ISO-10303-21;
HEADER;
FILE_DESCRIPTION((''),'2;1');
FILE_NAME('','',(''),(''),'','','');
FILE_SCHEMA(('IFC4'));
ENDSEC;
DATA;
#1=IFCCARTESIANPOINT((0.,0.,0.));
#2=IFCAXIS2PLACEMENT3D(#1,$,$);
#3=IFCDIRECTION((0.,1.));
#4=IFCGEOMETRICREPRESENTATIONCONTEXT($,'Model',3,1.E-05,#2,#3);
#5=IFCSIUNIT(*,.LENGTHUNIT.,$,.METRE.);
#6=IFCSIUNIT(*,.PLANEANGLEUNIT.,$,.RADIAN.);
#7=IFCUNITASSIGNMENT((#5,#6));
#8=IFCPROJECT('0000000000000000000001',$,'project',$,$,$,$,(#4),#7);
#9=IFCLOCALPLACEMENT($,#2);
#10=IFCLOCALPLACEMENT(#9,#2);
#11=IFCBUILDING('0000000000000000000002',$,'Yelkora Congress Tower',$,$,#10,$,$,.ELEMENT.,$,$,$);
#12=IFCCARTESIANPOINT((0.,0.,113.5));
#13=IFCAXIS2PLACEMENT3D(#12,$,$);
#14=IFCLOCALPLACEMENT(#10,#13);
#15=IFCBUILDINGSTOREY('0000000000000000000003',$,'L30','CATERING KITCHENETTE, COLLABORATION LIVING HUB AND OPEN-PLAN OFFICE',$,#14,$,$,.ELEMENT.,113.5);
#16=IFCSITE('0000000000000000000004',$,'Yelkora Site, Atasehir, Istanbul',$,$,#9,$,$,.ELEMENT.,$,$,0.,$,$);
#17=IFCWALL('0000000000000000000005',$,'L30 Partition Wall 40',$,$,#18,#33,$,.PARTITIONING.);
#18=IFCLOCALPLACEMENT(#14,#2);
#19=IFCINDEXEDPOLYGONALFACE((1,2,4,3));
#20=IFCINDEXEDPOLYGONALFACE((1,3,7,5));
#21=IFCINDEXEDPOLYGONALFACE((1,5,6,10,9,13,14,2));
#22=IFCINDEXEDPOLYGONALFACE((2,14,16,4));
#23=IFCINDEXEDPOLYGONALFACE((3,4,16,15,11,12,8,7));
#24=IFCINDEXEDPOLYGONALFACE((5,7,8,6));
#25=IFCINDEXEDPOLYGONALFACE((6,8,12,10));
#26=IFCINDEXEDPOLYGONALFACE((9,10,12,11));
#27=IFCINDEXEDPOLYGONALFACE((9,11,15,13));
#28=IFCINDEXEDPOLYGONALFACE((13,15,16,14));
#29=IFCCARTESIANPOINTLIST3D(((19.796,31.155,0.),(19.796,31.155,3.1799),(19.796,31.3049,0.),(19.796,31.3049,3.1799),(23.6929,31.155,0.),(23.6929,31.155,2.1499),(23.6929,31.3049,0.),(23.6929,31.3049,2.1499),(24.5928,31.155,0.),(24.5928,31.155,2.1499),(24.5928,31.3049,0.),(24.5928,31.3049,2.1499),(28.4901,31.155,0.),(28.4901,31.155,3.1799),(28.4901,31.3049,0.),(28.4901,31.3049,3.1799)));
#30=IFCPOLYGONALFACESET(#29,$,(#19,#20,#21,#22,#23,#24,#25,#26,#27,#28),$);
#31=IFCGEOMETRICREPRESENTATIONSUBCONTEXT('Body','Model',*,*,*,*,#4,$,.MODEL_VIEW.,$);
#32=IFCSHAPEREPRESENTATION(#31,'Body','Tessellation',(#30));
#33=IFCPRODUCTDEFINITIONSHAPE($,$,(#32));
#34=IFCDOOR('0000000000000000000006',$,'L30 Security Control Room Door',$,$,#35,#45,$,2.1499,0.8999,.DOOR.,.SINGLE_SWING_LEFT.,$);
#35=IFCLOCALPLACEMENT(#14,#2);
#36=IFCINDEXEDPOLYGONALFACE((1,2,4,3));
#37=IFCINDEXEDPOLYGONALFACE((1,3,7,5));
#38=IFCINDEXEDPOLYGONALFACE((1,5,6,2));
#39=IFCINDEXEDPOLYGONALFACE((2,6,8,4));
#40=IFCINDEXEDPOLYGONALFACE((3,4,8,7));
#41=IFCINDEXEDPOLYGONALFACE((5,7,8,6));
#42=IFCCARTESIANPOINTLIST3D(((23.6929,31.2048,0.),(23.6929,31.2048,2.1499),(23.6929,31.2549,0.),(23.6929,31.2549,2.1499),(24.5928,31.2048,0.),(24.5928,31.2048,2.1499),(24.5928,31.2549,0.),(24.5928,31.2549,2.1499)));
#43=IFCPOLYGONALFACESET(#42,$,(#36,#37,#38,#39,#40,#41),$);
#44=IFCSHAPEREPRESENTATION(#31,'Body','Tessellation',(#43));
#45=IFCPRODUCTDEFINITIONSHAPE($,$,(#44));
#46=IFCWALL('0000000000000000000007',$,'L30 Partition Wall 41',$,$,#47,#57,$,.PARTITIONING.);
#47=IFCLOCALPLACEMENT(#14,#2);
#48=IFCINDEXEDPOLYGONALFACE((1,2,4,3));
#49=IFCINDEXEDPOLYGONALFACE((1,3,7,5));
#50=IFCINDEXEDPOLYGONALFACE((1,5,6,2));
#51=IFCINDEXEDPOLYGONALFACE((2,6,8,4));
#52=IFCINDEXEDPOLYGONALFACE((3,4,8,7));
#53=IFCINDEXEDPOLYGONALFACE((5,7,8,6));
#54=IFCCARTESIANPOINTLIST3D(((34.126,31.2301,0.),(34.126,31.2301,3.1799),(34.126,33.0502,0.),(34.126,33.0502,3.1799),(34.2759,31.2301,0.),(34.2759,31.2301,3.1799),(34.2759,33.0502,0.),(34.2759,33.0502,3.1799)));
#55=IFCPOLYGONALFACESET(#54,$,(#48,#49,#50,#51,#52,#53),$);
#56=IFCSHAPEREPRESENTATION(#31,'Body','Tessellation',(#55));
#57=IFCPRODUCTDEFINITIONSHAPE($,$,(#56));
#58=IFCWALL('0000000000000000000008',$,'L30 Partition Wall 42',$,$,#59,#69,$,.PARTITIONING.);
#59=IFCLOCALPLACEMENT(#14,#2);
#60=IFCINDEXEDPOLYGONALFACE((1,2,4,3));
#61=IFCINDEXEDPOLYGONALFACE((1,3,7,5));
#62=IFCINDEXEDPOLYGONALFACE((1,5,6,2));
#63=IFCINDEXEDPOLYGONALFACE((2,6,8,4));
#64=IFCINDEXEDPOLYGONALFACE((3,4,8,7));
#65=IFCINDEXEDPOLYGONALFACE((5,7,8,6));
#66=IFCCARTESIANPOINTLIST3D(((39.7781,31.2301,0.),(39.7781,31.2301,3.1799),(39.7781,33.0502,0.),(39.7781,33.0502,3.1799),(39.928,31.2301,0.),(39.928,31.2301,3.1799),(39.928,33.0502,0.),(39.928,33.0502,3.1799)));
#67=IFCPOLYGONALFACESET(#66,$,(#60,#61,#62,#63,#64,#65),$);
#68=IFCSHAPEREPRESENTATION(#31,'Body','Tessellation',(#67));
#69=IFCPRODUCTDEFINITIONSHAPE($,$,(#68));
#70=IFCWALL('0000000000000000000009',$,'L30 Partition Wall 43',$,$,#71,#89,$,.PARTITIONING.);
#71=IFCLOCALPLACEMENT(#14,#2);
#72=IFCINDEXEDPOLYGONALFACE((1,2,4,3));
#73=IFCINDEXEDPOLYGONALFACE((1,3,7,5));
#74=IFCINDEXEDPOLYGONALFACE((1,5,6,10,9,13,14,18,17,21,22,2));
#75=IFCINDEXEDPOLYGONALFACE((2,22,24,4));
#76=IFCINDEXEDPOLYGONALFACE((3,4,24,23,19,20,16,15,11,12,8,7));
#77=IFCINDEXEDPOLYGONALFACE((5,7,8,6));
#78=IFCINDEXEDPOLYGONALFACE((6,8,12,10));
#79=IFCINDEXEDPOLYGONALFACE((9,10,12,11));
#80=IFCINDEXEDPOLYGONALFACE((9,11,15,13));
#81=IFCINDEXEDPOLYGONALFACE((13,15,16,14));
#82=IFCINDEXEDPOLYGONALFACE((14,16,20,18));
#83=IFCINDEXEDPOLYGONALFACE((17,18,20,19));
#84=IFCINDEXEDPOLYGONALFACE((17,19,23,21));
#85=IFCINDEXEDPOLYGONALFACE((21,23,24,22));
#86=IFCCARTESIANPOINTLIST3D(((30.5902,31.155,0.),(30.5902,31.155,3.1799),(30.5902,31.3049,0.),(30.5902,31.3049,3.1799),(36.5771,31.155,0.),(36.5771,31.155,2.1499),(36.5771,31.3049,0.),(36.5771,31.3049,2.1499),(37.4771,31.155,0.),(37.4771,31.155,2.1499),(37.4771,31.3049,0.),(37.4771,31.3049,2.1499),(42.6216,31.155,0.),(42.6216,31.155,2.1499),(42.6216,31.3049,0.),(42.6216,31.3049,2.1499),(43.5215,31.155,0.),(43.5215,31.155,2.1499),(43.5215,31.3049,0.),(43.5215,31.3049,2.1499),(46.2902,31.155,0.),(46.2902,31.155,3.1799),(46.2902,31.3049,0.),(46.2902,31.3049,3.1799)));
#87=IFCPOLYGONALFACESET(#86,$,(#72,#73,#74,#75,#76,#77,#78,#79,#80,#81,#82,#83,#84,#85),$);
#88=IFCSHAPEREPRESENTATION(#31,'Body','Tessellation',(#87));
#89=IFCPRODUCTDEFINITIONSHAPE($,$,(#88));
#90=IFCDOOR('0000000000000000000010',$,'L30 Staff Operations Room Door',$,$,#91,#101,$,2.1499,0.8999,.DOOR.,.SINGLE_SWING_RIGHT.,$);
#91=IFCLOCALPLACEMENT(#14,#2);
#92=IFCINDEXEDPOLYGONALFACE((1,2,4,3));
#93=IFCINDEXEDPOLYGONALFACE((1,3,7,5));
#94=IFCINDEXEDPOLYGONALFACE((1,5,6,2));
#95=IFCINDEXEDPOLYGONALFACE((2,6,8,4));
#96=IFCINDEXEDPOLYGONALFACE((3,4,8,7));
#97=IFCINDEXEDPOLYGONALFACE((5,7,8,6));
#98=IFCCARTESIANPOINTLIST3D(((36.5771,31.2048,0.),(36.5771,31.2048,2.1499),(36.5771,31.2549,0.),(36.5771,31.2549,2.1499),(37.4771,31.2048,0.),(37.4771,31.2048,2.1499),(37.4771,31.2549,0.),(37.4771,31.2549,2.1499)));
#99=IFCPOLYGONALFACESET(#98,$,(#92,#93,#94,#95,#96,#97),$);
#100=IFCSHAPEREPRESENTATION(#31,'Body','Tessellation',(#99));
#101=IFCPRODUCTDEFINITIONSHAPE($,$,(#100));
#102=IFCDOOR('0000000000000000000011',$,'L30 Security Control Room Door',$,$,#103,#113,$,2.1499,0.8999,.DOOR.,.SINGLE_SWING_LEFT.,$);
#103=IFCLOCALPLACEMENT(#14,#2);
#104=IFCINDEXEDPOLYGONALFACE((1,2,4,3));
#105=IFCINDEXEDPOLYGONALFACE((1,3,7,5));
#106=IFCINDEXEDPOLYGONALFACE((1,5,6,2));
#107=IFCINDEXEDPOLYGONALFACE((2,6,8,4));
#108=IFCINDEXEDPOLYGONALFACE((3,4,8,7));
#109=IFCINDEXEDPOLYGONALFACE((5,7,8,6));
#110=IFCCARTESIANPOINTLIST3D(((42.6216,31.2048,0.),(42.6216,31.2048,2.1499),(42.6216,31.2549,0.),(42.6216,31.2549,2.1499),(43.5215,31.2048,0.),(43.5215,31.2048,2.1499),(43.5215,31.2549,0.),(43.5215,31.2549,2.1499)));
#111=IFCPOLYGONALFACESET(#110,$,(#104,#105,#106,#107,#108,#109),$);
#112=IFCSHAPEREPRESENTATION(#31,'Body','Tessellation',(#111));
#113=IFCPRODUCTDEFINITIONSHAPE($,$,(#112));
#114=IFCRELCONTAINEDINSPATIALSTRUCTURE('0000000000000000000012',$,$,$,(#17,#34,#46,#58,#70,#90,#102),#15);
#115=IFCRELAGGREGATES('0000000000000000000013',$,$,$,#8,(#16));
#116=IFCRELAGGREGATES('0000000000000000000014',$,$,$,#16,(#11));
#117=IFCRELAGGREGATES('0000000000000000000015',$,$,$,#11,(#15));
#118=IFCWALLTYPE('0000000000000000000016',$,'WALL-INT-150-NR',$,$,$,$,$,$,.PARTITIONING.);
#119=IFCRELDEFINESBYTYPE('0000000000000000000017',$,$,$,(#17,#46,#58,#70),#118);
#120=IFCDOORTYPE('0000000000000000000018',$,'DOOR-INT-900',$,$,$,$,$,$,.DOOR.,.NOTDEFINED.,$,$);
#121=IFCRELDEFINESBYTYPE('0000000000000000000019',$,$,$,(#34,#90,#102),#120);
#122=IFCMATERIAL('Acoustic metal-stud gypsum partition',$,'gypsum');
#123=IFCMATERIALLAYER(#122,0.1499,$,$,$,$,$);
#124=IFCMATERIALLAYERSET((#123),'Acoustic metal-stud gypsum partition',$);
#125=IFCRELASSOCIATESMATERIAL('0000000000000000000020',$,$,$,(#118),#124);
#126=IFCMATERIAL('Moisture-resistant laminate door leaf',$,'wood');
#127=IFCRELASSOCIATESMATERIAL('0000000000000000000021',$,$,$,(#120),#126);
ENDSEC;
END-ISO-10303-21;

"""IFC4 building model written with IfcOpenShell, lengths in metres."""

from ifc_helpers import new_model, si_unit, direction, frame, frame_2d, origin, place, context, subcontext, project, spatial, rectangle, extrude, material, layer, layer_set, type_object, element, fill, save


model = new_model("IFC4")

# Units and contexts
model_context = context("Model", 3, precision=1e-05, world=origin(), true_north=direction((0.0, 1.0)))
body_context = subcontext(model_context, "Body", "Model", "MODEL_VIEW")
ifc_project = project(units=[si_unit("LENGTHUNIT", "METRE"), si_unit("PLANEANGLEUNIT", "RADIAN")], contexts=[model_context])

# Site, building, storey
site_placement = place(None, origin())
site = spatial("IfcSite", under=ifc_project, at=site_placement, Name="Yelkora Site, Atasehir, Istanbul", CompositionType="ELEMENT", RefElevation=0.0)
building_placement = place(site_placement, origin())
building = spatial("IfcBuilding", under=site, at=building_placement, Name="Yelkora Congress Tower", CompositionType="ELEMENT")
storey_placement = place(building_placement, frame((0.0, 0.0, 113.5)))
storey = spatial("IfcBuildingStorey", under=building, at=storey_placement, Name="L30", Description="CATERING KITCHENETTE, COLLABORATION LIVING HUB AND OPEN-PLAN OFFICE", CompositionType="ELEMENT", Elevation=113.5)

# Shared definitions
ifc_material_1 = material(Name="Acoustic metal-stud gypsum partition", Category="gypsum")
ifc_layer = layer(ifc_material_1, 0.1499)
ifc_layer_set = layer_set([ifc_layer], Name="Acoustic metal-stud gypsum partition")
wall_type = type_object("IfcWallType", Name="WALL-INT-150-NR", PredefinedType="PARTITIONING", material=ifc_layer_set)

# Wall, opening, door
wall_1_placement = place(storey_placement, frame((19.7959, 31.23, 0.0), z_axis=(0.0, 0.0, 1.0), x_axis=(1.0, 0.0, 0.0)))
wall_1 = element("IfcWall", 1, at=wall_1_placement, inside=storey, type_object=wall_type, Name="L30 Partition Wall 40", PredefinedType="PARTITIONING", context=body_context, shape_type="SweptSolid", body=[
    extrude(rectangle(XDim=8.6941, YDim=0.1499, at=frame_2d((4.3472, 0.0))), origin(), (0.0, 0.0, 1.0), 3.1799),
])
opening_1_placement = place(wall_1_placement, frame((3.897, 0.0, 0.0)))
opening_1 = element("IfcOpeningElement", 2, at=opening_1_placement, cuts=wall_1, PredefinedType="OPENING", context=body_context, shape_type="SweptSolid", body=[
    extrude(rectangle(XDim=0.8999, YDim=2.1499, at=frame_2d((0.45, 1.075))), frame((0.0, 0.085, 0.0), z_axis=(0.0, -1.0, 0.0), x_axis=(1.0, 0.0, 0.0)), (0.0, 0.0, 1.0), 0.1699),
])
ifc_material_2 = material(Name="Moisture-resistant laminate door leaf", Category="wood")
door_type = type_object("IfcDoorType", Name="DOOR-INT-900", OperationType="NOTDEFINED", PredefinedType="DOOR", material=ifc_material_2)
door_1_placement = place(opening_1_placement, origin())
door_1 = element("IfcDoor", 3, at=door_1_placement, inside=storey, type_object=door_type, Name="L30 Security Control Room Door", OperationType="SINGLE_SWING_LEFT", OverallHeight=2.1499, OverallWidth=0.8999, PredefinedType="DOOR", context=body_context, shape_type="SweptSolid", body=[
    extrude(rectangle(XDim=0.8999, YDim=2.1499, at=frame_2d((0.45, 1.075))), frame((0.0, 0.0249, 0.0), z_axis=(0.0, -1.0, 0.0), x_axis=(1.0, 0.0, 0.0)), (0.0, 0.0, 1.0), 0.05),
])
fill(opening_1, door_1)

# Walls
for number, where, z_axis, x_axis, name in (
    (4, (34.2009, 31.23, 0.0), (0.0, 0.0, 1.0), (0.0, 1.0, 0.0), "L30 Partition Wall 41"),
    (5, (39.853, 31.23, 0.0), (0.0, 0.0, 1.0), (0.0, 1.0, 0.0), "L30 Partition Wall 42"),
):
    element("IfcWall", number, at=place(storey_placement, frame(where, z_axis=z_axis, x_axis=x_axis)), inside=storey, type_object=wall_type, Name=name, PredefinedType="PARTITIONING", context=body_context, shape_type="SweptSolid", body=[
        extrude(rectangle(XDim=1.8201, YDim=0.1499, at=frame_2d((0.9102, 0.0))), origin(), (0.0, 0.0, 1.0), 3.1799),
    ])

# Wall, openings, doors
wall_2_placement = place(storey_placement, frame((30.5901, 31.23, 0.0), z_axis=(0.0, 0.0, 1.0), x_axis=(1.0, 0.0, 0.0)))
wall_2 = element("IfcWall", 6, at=wall_2_placement, inside=storey, type_object=wall_type, Name="L30 Partition Wall 43", PredefinedType="PARTITIONING", context=body_context, shape_type="SweptSolid", body=[
    extrude(rectangle(XDim=15.7, YDim=0.1499, at=frame_2d((7.8501, 0.0))), origin(), (0.0, 0.0, 1.0), 3.1799),
])
opening_2_placement = place(wall_2_placement, frame((5.9871, 0.0, 0.0)))
opening_2 = element("IfcOpeningElement", 7, at=opening_2_placement, cuts=wall_2, PredefinedType="OPENING", context=body_context, shape_type="SweptSolid", body=[
    extrude(rectangle(XDim=0.8999, YDim=2.1499, at=frame_2d((0.45, 1.075))), frame((0.0, 0.085, 0.0), z_axis=(0.0, -1.0, 0.0), x_axis=(1.0, 0.0, 0.0)), (0.0, 0.0, 1.0), 0.1699),
])
opening_3_placement = place(wall_2_placement, frame((12.0315, 0.0, 0.0)))
opening_3 = element("IfcOpeningElement", 8, at=opening_3_placement, cuts=wall_2, PredefinedType="OPENING", context=body_context, shape_type="SweptSolid", body=[
    extrude(rectangle(XDim=0.8999, YDim=2.1499, at=frame_2d((0.45, 1.075))), frame((0.0, 0.085, 0.0), z_axis=(0.0, -1.0, 0.0), x_axis=(1.0, 0.0, 0.0)), (0.0, 0.0, 1.0), 0.1699),
])
door_2_placement = place(opening_2_placement, origin())
door_2 = element("IfcDoor", 9, at=door_2_placement, inside=storey, type_object=door_type, Name="L30 Staff Operations Room Door", OperationType="SINGLE_SWING_RIGHT", OverallHeight=2.1499, OverallWidth=0.8999, PredefinedType="DOOR", context=body_context, shape_type="SweptSolid", body=[
    extrude(rectangle(XDim=0.8999, YDim=2.1499, at=frame_2d((0.45, 1.075))), frame((0.0, 0.0249, 0.0), z_axis=(0.0, -1.0, 0.0), x_axis=(1.0, 0.0, 0.0)), (0.0, 0.0, 1.0), 0.05),
])
fill(opening_2, door_2)
door_3_placement = place(opening_3_placement, origin())
door_3 = element("IfcDoor", 10, at=door_3_placement, inside=storey, type_object=door_type, Name="L30 Security Control Room Door", OperationType="SINGLE_SWING_LEFT", OverallHeight=2.1499, OverallWidth=0.8999, PredefinedType="DOOR", context=body_context, shape_type="SweptSolid", body=[
    extrude(rectangle(XDim=0.8999, YDim=2.1499, at=frame_2d((0.45, 1.075))), frame((0.0, 0.0249, 0.0), z_axis=(0.0, -1.0, 0.0), x_axis=(1.0, 0.0, 0.0)), (0.0, 0.0, 1.0), 0.05),
])
fill(opening_3, door_3)

save(model, "model.ifc")
